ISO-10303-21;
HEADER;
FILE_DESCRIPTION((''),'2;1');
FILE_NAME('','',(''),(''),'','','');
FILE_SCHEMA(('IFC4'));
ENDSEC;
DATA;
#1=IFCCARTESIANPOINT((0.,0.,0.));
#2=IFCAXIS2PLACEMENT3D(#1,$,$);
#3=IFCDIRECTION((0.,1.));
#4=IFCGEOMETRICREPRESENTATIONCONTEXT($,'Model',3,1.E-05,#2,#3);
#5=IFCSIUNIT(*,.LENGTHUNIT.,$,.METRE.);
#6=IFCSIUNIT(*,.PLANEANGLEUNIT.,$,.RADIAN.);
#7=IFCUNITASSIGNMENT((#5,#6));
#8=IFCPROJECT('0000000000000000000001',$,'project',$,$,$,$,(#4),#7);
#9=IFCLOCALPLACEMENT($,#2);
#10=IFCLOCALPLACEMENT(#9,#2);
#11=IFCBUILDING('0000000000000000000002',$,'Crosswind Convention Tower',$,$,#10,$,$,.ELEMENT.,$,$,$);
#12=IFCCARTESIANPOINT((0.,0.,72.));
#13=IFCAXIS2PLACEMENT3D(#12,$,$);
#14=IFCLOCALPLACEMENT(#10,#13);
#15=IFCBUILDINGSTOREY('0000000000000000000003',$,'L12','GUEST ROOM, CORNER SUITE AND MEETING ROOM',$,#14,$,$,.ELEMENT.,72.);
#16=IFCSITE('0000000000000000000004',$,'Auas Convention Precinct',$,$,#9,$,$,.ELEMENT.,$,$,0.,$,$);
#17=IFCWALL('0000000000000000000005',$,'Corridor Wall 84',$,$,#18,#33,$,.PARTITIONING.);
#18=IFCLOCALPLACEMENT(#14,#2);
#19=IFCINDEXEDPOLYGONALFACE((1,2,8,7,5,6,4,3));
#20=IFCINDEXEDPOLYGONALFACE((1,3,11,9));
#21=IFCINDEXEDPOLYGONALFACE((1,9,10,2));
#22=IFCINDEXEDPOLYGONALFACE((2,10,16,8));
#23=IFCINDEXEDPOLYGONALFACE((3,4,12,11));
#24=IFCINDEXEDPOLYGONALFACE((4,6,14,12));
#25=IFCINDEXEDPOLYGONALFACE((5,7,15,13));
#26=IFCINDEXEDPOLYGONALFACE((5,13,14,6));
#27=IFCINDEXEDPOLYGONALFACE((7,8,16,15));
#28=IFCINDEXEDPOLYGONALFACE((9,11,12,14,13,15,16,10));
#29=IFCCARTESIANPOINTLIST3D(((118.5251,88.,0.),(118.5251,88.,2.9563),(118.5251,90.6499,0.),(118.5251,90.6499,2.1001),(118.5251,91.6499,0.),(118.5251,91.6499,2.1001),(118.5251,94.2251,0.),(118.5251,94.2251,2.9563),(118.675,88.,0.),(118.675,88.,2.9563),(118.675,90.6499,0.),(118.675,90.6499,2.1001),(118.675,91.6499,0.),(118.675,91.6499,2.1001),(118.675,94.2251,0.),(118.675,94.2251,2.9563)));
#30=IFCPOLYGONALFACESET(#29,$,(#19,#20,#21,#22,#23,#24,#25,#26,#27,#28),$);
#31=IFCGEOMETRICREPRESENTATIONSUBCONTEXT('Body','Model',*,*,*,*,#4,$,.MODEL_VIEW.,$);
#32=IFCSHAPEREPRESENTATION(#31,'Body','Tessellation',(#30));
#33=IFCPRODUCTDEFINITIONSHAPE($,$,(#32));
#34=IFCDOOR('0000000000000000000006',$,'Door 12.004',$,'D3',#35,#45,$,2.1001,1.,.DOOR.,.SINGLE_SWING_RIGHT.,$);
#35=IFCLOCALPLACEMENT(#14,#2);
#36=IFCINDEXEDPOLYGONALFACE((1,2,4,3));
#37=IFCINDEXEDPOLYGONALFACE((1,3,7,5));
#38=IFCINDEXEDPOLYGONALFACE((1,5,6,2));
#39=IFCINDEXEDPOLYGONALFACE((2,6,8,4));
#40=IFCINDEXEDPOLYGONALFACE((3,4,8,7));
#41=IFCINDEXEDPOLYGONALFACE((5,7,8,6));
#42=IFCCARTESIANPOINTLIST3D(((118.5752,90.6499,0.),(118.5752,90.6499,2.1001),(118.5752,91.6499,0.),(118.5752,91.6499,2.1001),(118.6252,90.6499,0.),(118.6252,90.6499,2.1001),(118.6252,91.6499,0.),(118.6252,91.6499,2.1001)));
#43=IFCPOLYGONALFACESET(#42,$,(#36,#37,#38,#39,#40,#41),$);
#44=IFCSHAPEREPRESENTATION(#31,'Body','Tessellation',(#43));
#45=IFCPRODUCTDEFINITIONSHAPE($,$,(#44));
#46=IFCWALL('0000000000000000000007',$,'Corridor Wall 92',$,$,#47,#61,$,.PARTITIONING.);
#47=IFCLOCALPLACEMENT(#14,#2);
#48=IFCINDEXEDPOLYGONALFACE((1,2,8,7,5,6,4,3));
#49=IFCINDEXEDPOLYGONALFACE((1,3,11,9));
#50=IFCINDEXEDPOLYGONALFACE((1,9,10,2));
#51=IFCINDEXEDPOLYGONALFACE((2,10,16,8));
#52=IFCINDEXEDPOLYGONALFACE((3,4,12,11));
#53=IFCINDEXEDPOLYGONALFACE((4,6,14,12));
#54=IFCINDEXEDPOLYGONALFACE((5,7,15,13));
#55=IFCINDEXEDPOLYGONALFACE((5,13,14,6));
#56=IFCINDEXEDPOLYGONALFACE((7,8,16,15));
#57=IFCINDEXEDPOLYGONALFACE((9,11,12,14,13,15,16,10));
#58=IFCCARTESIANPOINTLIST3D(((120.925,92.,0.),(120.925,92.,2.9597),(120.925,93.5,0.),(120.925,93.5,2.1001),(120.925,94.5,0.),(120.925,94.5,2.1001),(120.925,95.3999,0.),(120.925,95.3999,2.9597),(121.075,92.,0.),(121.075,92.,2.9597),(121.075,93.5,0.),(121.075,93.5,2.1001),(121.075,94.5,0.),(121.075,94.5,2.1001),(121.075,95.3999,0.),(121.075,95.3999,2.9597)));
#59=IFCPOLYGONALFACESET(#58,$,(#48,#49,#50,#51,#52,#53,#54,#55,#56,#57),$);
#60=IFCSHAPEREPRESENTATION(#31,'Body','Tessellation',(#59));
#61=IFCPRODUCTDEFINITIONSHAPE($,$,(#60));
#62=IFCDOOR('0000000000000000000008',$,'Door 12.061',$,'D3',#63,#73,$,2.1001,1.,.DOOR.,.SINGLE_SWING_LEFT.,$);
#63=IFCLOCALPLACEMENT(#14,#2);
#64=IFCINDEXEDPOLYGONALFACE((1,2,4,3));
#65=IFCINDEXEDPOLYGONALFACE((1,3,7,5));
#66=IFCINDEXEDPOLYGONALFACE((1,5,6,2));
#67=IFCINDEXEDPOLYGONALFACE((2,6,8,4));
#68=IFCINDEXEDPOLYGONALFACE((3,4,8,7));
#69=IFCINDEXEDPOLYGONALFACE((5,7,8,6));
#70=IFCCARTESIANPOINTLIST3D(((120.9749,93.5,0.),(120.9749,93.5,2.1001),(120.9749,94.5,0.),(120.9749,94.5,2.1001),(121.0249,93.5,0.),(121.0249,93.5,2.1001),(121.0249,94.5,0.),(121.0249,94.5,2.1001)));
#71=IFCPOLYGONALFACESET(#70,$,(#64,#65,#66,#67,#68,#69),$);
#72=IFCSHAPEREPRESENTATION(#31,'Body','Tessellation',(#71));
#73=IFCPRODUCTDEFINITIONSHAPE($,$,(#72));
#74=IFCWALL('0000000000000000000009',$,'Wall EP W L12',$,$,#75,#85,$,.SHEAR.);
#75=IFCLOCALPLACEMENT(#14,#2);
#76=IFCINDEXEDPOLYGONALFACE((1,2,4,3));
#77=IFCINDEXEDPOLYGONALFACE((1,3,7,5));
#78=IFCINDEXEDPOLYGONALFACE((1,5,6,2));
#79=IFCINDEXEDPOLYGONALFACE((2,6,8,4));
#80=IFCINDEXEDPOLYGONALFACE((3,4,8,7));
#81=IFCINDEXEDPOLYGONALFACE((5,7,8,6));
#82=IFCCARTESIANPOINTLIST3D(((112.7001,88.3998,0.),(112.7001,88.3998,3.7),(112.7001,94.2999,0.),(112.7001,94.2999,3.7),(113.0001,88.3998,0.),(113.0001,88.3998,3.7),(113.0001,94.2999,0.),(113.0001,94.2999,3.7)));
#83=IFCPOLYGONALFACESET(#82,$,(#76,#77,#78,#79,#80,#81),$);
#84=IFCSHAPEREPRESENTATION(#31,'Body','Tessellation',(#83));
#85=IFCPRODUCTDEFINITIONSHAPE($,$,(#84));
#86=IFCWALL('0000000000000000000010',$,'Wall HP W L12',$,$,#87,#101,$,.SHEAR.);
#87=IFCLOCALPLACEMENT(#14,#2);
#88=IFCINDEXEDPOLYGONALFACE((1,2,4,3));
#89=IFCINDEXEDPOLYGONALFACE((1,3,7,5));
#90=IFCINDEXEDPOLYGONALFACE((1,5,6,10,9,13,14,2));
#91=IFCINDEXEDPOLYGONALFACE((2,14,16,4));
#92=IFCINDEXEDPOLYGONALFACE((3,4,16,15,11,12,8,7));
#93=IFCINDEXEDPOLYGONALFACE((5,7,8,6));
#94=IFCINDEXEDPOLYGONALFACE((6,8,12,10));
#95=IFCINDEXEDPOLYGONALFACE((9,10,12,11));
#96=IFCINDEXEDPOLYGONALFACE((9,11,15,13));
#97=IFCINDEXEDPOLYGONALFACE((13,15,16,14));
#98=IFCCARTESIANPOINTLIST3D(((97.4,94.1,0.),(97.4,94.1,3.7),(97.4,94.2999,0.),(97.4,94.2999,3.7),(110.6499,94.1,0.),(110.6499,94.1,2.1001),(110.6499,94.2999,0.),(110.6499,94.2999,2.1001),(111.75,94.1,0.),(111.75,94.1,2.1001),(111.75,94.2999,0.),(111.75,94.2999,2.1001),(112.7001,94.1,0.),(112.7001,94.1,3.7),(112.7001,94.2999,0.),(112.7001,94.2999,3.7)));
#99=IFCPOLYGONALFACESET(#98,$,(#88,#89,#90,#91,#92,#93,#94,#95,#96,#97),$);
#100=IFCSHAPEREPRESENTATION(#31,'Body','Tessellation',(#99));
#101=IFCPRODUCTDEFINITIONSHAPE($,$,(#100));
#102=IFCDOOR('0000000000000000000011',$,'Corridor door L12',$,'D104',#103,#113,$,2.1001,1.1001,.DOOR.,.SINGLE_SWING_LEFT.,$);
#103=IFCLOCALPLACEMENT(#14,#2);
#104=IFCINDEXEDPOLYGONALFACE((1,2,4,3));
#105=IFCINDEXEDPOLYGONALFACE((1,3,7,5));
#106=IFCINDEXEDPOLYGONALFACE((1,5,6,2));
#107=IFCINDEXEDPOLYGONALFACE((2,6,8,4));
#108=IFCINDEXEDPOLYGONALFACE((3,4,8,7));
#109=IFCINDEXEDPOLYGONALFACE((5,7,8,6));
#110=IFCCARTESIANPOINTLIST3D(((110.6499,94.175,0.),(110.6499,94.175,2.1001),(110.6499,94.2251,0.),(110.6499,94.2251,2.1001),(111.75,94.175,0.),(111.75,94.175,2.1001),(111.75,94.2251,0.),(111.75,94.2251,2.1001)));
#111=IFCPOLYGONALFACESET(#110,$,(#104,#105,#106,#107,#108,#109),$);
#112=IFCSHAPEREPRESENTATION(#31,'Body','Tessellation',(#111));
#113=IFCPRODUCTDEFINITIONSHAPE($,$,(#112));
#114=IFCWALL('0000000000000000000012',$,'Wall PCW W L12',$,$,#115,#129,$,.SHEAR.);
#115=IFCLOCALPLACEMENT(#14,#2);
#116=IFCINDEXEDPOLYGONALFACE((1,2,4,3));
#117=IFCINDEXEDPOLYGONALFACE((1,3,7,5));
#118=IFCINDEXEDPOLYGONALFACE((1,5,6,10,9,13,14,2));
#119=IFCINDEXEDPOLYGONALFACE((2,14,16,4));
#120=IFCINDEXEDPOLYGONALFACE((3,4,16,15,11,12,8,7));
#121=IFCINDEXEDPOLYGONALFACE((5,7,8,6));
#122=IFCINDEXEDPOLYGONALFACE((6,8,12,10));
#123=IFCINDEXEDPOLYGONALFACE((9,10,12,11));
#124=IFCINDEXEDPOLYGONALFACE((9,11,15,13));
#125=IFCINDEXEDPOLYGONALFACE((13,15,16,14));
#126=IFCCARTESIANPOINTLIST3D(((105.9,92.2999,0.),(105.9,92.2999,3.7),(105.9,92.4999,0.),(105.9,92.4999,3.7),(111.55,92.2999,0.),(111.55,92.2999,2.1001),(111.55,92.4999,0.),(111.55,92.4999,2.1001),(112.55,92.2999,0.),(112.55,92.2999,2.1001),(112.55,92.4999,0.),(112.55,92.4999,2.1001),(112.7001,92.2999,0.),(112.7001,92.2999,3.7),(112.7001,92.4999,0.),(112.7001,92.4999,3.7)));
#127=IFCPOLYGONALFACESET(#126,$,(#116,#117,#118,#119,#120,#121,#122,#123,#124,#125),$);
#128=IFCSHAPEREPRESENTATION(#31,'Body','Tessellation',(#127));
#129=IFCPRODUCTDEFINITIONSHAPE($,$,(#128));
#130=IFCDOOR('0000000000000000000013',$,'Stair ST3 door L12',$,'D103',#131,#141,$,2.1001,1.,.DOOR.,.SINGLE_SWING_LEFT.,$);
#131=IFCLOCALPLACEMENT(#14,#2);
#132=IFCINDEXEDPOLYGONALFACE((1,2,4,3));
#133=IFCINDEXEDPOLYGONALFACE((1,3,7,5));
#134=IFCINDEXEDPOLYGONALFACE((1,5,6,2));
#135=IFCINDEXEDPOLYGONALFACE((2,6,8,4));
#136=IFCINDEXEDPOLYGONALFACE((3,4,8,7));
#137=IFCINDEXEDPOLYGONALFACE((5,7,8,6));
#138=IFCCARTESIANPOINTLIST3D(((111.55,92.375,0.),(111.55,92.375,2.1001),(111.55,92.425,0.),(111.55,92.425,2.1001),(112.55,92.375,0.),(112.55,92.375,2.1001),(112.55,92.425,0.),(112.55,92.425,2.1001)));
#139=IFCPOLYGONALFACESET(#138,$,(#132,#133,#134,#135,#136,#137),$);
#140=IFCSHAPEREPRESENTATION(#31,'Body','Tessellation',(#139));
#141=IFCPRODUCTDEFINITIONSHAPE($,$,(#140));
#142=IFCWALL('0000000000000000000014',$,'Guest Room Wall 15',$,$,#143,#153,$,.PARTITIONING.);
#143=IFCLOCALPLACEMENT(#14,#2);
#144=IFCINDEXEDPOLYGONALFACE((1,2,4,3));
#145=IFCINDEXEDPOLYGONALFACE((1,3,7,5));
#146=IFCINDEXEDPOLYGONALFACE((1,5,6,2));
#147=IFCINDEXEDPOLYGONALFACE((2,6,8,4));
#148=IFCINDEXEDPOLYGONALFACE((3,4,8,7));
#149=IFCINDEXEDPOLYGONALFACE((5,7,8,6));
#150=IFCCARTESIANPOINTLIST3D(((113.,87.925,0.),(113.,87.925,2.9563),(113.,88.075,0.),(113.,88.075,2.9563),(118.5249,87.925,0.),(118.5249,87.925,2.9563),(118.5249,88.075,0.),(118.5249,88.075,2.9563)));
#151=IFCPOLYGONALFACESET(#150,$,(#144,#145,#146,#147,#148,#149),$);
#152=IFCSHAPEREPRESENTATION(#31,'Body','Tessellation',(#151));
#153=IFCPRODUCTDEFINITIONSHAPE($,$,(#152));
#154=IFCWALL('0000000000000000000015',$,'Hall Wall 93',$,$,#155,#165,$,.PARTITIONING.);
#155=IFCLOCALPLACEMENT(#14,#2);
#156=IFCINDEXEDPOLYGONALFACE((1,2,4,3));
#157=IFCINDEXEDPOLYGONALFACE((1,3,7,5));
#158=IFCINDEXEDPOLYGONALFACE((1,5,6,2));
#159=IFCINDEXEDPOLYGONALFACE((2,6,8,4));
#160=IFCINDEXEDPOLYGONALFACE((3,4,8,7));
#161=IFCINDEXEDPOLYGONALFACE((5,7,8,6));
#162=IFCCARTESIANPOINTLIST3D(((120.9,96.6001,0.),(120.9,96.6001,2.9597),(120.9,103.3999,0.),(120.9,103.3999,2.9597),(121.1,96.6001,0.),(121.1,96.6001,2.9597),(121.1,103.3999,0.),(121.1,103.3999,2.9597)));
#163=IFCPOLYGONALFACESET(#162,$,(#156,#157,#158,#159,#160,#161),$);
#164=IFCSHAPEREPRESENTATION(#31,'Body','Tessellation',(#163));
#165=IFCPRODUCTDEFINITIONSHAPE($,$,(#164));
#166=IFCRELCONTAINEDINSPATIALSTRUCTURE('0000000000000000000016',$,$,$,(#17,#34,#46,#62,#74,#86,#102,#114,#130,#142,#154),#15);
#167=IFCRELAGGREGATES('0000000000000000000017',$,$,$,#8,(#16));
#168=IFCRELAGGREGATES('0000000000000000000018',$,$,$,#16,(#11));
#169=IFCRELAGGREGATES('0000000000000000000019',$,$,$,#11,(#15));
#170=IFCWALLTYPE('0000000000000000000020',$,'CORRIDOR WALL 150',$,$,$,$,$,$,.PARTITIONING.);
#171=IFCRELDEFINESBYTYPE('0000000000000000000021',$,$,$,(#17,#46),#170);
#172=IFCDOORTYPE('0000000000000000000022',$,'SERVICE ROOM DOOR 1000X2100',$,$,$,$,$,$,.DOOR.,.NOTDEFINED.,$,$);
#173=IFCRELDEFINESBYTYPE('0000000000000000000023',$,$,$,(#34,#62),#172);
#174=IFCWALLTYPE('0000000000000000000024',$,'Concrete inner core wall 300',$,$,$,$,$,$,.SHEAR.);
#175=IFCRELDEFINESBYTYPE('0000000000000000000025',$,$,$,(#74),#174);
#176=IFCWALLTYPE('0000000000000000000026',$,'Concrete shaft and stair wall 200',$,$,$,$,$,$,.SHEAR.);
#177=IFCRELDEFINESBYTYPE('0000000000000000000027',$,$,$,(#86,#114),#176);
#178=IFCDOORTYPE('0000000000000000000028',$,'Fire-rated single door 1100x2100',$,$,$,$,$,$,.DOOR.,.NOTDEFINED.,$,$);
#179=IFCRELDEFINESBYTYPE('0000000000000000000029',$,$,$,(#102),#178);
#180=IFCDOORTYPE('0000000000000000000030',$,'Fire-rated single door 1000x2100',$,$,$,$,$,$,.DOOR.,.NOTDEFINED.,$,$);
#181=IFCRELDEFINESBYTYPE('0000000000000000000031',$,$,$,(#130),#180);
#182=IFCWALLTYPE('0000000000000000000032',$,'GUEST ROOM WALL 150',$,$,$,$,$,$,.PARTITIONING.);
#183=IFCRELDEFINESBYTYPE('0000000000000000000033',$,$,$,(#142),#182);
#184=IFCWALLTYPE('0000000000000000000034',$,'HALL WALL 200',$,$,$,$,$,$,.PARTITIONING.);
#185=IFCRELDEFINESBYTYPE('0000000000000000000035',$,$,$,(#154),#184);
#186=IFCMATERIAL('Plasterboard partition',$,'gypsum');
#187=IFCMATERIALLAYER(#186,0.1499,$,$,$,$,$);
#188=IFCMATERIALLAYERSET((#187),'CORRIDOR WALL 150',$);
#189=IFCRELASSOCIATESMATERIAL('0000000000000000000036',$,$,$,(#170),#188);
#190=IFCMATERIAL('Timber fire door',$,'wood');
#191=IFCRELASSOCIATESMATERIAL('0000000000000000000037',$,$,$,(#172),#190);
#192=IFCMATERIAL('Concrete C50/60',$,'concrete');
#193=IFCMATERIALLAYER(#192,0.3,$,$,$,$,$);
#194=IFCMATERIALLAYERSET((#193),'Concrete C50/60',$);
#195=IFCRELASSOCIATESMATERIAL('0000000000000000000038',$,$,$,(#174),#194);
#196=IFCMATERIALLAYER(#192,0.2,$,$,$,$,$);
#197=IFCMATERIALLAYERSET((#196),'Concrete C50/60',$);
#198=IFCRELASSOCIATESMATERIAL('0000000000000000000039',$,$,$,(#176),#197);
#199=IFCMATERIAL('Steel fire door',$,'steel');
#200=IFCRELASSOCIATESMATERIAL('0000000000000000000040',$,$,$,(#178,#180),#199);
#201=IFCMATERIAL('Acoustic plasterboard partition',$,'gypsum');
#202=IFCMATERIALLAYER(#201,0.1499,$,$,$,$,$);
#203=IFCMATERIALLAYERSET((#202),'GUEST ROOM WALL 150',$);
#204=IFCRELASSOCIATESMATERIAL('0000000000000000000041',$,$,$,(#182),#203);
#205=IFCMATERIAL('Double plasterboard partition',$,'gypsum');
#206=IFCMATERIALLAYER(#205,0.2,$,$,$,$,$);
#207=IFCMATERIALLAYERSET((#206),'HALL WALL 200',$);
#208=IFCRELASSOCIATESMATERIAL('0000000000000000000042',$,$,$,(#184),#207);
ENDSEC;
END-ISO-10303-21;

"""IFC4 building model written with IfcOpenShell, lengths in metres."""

from ifc_helpers import new_model, si_unit, direction, frame, frame_2d, origin, place, context, subcontext, project, spatial, rectangle, extrude, material, layer, layer_set, type_object, element, fill, save


model = new_model("IFC4")

# Units and contexts
model_context = context("Model", 3, precision=1e-05, world=origin(), true_north=direction((0.0, 1.0)))
body_context = subcontext(model_context, "Body", "Model", "MODEL_VIEW")
ifc_project = project(units=[si_unit("LENGTHUNIT", "METRE"), si_unit("PLANEANGLEUNIT", "RADIAN")], contexts=[model_context])

# Site, building, storey
site_placement = place(None, origin())
site = spatial("IfcSite", under=ifc_project, at=site_placement, Name="Auas Convention Precinct", CompositionType="ELEMENT", RefElevation=0.0)
building_placement = place(site_placement, origin())
building = spatial("IfcBuilding", under=site, at=building_placement, Name="Crosswind Convention Tower", CompositionType="ELEMENT")
storey_placement = place(building_placement, frame((0.0, 0.0, 72.0)))
storey = spatial("IfcBuildingStorey", under=building, at=storey_placement, Name="L12", Description="GUEST ROOM, CORNER SUITE AND MEETING ROOM", CompositionType="ELEMENT", Elevation=72.0)

# Shared definitions
ifc_material_1 = material(Name="Steel fire door", Category="steel")

# Shared definitions
ifc_material_2 = material(Name="Plasterboard partition", Category="gypsum")
ifc_layer_1 = layer(ifc_material_2, 0.1499)
ifc_layer_set_1 = layer_set([ifc_layer_1], Name="CORRIDOR WALL 150")
wall_type_1 = type_object("IfcWallType", Name="CORRIDOR WALL 150", PredefinedType="PARTITIONING", material=ifc_layer_set_1)

# Walls, openings, doors
wall_1_placement = place(storey_placement, frame((118.6001, 88.0, 0.0), z_axis=(0.0, 0.0, 1.0), x_axis=(0.0, 1.0, 0.0)))
wall_1 = element("IfcWall", 1, at=wall_1_placement, inside=storey, type_object=wall_type_1, Name="Corridor Wall 84", PredefinedType="PARTITIONING", context=body_context, shape_type="SweptSolid", body=[
    extrude(rectangle(XDim=6.2251, YDim=0.1499, at=frame_2d((3.1125, 0.0))), origin(), (0.0, 0.0, 1.0), 2.9563),
])
opening_1_placement = place(wall_1_placement, frame((2.6499, 0.0, 0.0)))
opening_1 = element("IfcOpeningElement", 2, at=opening_1_placement, cuts=wall_1, PredefinedType="OPENING", context=body_context, shape_type="SweptSolid", body=[
    extrude(rectangle(XDim=1.0, YDim=2.1001, at=frame_2d((0.5, 1.05))), frame((0.0, 0.085, 0.0), z_axis=(0.0, -1.0, 0.0), x_axis=(1.0, 0.0, 0.0)), (0.0, 0.0, 1.0), 0.1699),
])
ifc_material_3 = material(Name="Timber fire door", Category="wood")
door_type_1 = type_object("IfcDoorType", Name="SERVICE ROOM DOOR 1000X2100", OperationType="NOTDEFINED", PredefinedType="DOOR", material=ifc_material_3)
door_1_placement = place(opening_1_placement, origin())
door_1 = element("IfcDoor", 3, at=door_1_placement, inside=storey, type_object=door_type_1, Name="Door 12.004", ObjectType="D3", OperationType="SINGLE_SWING_RIGHT", OverallHeight=2.1001, OverallWidth=1.0, PredefinedType="DOOR", context=body_context, shape_type="SweptSolid", body=[
    extrude(rectangle(XDim=1.0, YDim=2.1001, at=frame_2d((0.5, 1.05))), frame((0.0, 0.0249, 0.0), z_axis=(0.0, -1.0, 0.0), x_axis=(1.0, 0.0, 0.0)), (0.0, 0.0, 1.0), 0.05),
])
fill(opening_1, door_1)
wall_2_placement = place(storey_placement, frame((121.0, 92.0, 0.0), z_axis=(0.0, 0.0, 1.0), x_axis=(0.0, 1.0, 0.0)))
wall_2 = element("IfcWall", 4, at=wall_2_placement, inside=storey, type_object=wall_type_1, Name="Corridor Wall 92", PredefinedType="PARTITIONING", context=body_context, shape_type="SweptSolid", body=[
    extrude(rectangle(XDim=3.3999, YDim=0.1499, at=frame_2d((1.7, 0.0))), origin(), (0.0, 0.0, 1.0), 2.9597),
])
opening_2_placement = place(wall_2_placement, frame((1.5, 0.0, 0.0)))
opening_2 = element("IfcOpeningElement", 5, at=opening_2_placement, cuts=wall_2, PredefinedType="OPENING", context=body_context, shape_type="SweptSolid", body=[
    extrude(rectangle(XDim=1.0, YDim=2.1001, at=frame_2d((0.5, 1.05))), frame((0.0, 0.085, 0.0), z_axis=(0.0, -1.0, 0.0), x_axis=(1.0, 0.0, 0.0)), (0.0, 0.0, 1.0), 0.1699),
])
door_2_placement = place(opening_2_placement, frame((1.0, 0.0, 0.0), z_axis=(0.0, 0.0, 1.0), x_axis=(-1.0, 0.0, 0.0)))
door_2 = element("IfcDoor", 6, at=door_2_placement, inside=storey, type_object=door_type_1, Name="Door 12.061", ObjectType="D3", OperationType="SINGLE_SWING_LEFT", OverallHeight=2.1001, OverallWidth=1.0, PredefinedType="DOOR", context=body_context, shape_type="SweptSolid", body=[
    extrude(rectangle(XDim=1.0, YDim=2.1001, at=frame_2d((0.5, 1.05))), frame((0.0, 0.0249, 0.0), z_axis=(0.0, -1.0, 0.0), x_axis=(1.0, 0.0, 0.0)), (0.0, 0.0, 1.0), 0.05),
])
fill(opening_2, door_2)

# Wall
ifc_material_4 = material(Name="Concrete C50/60", Category="concrete")
ifc_layer_2 = layer(ifc_material_4, 0.3)
ifc_layer_set_2 = layer_set([ifc_layer_2], Name="Concrete C50/60")
wall_type_2 = type_object("IfcWallType", Name="Concrete inner core wall 300", PredefinedType="SHEAR", material=ifc_layer_set_2)
wall_3_placement = place(storey_placement, frame((112.8501, 94.3, 0.0), z_axis=(0.0, 0.0, 1.0), x_axis=(0.0, -1.0, 0.0)))
element("IfcWall", 7, at=wall_3_placement, inside=storey, type_object=wall_type_2, Name="Wall EP W L12", PredefinedType="SHEAR", context=body_context, shape_type="SweptSolid", body=[
    extrude(rectangle(XDim=5.9001, YDim=0.3, at=frame_2d((2.9502, 0.0))), origin(), (0.0, 0.0, 1.0), 3.7),
])

# Walls, openings, doors
ifc_layer_3 = layer(ifc_material_4, 0.2)
ifc_layer_set_3 = layer_set([ifc_layer_3], Name="Concrete C50/60")
wall_type_3 = type_object("IfcWallType", Name="Concrete shaft and stair wall 200", PredefinedType="SHEAR", material=ifc_layer_set_3)
wall_4_placement = place(storey_placement, frame((112.7, 94.2, 0.0), z_axis=(0.0, 0.0, 1.0), x_axis=(-1.0, 0.0, 0.0)))
wall_4 = element("IfcWall", 8, at=wall_4_placement, inside=storey, type_object=wall_type_3, Name="Wall HP W L12", PredefinedType="SHEAR", context=body_context, shape_type="SweptSolid", body=[
    extrude(rectangle(XDim=15.3, YDim=0.2, at=frame_2d((7.6499, 0.0))), origin(), (0.0, 0.0, 1.0), 3.7),
])
opening_3_placement = place(wall_4_placement, frame((0.95, 0.0, 0.0)))
opening_3 = element("IfcOpeningElement", 9, at=opening_3_placement, cuts=wall_4, PredefinedType="OPENING", context=body_context, shape_type="SweptSolid", body=[
    extrude(rectangle(XDim=1.1001, YDim=2.1001, at=frame_2d((0.55, 1.05))), frame((0.0, 0.1099, 0.0), z_axis=(0.0, -1.0, 0.0), x_axis=(1.0, 0.0, 0.0)), (0.0, 0.0, 1.0), 0.22),
])
door_type_2 = type_object("IfcDoorType", Name="Fire-rated single door 1100x2100", OperationType="NOTDEFINED", PredefinedType="DOOR", material=ifc_material_1)
door_3_placement = place(opening_3_placement, origin())
door_3 = element("IfcDoor", 10, at=door_3_placement, inside=storey, type_object=door_type_2, Name="Corridor door L12", ObjectType="D104", OperationType="SINGLE_SWING_LEFT", OverallHeight=2.1001, OverallWidth=1.1001, PredefinedType="DOOR", context=body_context, shape_type="SweptSolid", body=[
    extrude(rectangle(XDim=1.1001, YDim=2.1001, at=frame_2d((0.55, 1.05))), frame((0.0, 0.0249, 0.0), z_axis=(0.0, -1.0, 0.0), x_axis=(1.0, 0.0, 0.0)), (0.0, 0.0, 1.0), 0.05),
])
fill(opening_3, door_3)
wall_5_placement = place(storey_placement, frame((112.7, 92.3999, 0.0), z_axis=(0.0, 0.0, 1.0), x_axis=(-1.0, 0.0, 0.0)))
wall_5 = element("IfcWall", 11, at=wall_5_placement, inside=storey, type_object=wall_type_3, Name="Wall PCW W L12", PredefinedType="SHEAR", context=body_context, shape_type="SweptSolid", body=[
    extrude(rectangle(XDim=6.8, YDim=0.2, at=frame_2d((3.3999, 0.0))), origin(), (0.0, 0.0, 1.0), 3.7),
])
opening_4_placement = place(wall_5_placement, frame((0.1499, 0.0, 0.0)))
opening_4 = element("IfcOpeningElement", 12, at=opening_4_placement, cuts=wall_5, PredefinedType="OPENING", context=body_context, shape_type="SweptSolid", body=[
    extrude(rectangle(XDim=1.0, YDim=2.1001, at=frame_2d((0.5, 1.05))), frame((0.0, 0.1099, 0.0), z_axis=(0.0, -1.0, 0.0), x_axis=(1.0, 0.0, 0.0)), (0.0, 0.0, 1.0), 0.22),
])
door_type_3 = type_object("IfcDoorType", Name="Fire-rated single door 1000x2100", OperationType="NOTDEFINED", PredefinedType="DOOR", material=ifc_material_1)
door_4_placement = place(opening_4_placement, origin())
door_4 = element("IfcDoor", 13, at=door_4_placement, inside=storey, type_object=door_type_3, Name="Stair ST3 door L12", ObjectType="D103", OperationType="SINGLE_SWING_LEFT", OverallHeight=2.1001, OverallWidth=1.0, PredefinedType="DOOR", context=body_context, shape_type="SweptSolid", body=[
    extrude(rectangle(XDim=1.0, YDim=2.1001, at=frame_2d((0.5, 1.05))), frame((0.0, 0.0249, 0.0), z_axis=(0.0, -1.0, 0.0), x_axis=(1.0, 0.0, 0.0)), (0.0, 0.0, 1.0), 0.05),
])
fill(opening_4, door_4)

# Walls
ifc_material_5 = material(Name="Acoustic plasterboard partition", Category="gypsum")
ifc_layer_4 = layer(ifc_material_5, 0.1499)
ifc_layer_set_4 = layer_set([ifc_layer_4], Name="GUEST ROOM WALL 150")
wall_type_4 = type_object("IfcWallType", Name="GUEST ROOM WALL 150", PredefinedType="PARTITIONING", material=ifc_layer_set_4)
wall_6_placement = place(storey_placement, frame((113.0, 88.0, 0.0), z_axis=(0.0, 0.0, 1.0), x_axis=(1.0, 0.0, 0.0)))
element("IfcWall", 14, at=wall_6_placement, inside=storey, type_object=wall_type_4, Name="Guest Room Wall 15", PredefinedType="PARTITIONING", context=body_context, shape_type="SweptSolid", body=[
    extrude(rectangle(XDim=5.5249, YDim=0.1499, at=frame_2d((2.7625, 0.0))), origin(), (0.0, 0.0, 1.0), 2.9563),
])
ifc_material_6 = material(Name="Double plasterboard partition", Category="gypsum")
ifc_layer_5 = layer(ifc_material_6, 0.2)
ifc_layer_set_5 = layer_set([ifc_layer_5], Name="HALL WALL 200")
wall_type_5 = type_object("IfcWallType", Name="HALL WALL 200", PredefinedType="PARTITIONING", material=ifc_layer_set_5)
wall_7_placement = place(storey_placement, frame((121.0, 96.6001, 0.0), z_axis=(0.0, 0.0, 1.0), x_axis=(0.0, 1.0, 0.0)))
element("IfcWall", 15, at=wall_7_placement, inside=storey, type_object=wall_type_5, Name="Hall Wall 93", PredefinedType="PARTITIONING", context=body_context, shape_type="SweptSolid", body=[
    extrude(rectangle(XDim=6.7998, YDim=0.2, at=frame_2d((3.3999, 0.0))), origin(), (0.0, 0.0, 1.0), 2.9597),
])

save(model, "model.ifc")
